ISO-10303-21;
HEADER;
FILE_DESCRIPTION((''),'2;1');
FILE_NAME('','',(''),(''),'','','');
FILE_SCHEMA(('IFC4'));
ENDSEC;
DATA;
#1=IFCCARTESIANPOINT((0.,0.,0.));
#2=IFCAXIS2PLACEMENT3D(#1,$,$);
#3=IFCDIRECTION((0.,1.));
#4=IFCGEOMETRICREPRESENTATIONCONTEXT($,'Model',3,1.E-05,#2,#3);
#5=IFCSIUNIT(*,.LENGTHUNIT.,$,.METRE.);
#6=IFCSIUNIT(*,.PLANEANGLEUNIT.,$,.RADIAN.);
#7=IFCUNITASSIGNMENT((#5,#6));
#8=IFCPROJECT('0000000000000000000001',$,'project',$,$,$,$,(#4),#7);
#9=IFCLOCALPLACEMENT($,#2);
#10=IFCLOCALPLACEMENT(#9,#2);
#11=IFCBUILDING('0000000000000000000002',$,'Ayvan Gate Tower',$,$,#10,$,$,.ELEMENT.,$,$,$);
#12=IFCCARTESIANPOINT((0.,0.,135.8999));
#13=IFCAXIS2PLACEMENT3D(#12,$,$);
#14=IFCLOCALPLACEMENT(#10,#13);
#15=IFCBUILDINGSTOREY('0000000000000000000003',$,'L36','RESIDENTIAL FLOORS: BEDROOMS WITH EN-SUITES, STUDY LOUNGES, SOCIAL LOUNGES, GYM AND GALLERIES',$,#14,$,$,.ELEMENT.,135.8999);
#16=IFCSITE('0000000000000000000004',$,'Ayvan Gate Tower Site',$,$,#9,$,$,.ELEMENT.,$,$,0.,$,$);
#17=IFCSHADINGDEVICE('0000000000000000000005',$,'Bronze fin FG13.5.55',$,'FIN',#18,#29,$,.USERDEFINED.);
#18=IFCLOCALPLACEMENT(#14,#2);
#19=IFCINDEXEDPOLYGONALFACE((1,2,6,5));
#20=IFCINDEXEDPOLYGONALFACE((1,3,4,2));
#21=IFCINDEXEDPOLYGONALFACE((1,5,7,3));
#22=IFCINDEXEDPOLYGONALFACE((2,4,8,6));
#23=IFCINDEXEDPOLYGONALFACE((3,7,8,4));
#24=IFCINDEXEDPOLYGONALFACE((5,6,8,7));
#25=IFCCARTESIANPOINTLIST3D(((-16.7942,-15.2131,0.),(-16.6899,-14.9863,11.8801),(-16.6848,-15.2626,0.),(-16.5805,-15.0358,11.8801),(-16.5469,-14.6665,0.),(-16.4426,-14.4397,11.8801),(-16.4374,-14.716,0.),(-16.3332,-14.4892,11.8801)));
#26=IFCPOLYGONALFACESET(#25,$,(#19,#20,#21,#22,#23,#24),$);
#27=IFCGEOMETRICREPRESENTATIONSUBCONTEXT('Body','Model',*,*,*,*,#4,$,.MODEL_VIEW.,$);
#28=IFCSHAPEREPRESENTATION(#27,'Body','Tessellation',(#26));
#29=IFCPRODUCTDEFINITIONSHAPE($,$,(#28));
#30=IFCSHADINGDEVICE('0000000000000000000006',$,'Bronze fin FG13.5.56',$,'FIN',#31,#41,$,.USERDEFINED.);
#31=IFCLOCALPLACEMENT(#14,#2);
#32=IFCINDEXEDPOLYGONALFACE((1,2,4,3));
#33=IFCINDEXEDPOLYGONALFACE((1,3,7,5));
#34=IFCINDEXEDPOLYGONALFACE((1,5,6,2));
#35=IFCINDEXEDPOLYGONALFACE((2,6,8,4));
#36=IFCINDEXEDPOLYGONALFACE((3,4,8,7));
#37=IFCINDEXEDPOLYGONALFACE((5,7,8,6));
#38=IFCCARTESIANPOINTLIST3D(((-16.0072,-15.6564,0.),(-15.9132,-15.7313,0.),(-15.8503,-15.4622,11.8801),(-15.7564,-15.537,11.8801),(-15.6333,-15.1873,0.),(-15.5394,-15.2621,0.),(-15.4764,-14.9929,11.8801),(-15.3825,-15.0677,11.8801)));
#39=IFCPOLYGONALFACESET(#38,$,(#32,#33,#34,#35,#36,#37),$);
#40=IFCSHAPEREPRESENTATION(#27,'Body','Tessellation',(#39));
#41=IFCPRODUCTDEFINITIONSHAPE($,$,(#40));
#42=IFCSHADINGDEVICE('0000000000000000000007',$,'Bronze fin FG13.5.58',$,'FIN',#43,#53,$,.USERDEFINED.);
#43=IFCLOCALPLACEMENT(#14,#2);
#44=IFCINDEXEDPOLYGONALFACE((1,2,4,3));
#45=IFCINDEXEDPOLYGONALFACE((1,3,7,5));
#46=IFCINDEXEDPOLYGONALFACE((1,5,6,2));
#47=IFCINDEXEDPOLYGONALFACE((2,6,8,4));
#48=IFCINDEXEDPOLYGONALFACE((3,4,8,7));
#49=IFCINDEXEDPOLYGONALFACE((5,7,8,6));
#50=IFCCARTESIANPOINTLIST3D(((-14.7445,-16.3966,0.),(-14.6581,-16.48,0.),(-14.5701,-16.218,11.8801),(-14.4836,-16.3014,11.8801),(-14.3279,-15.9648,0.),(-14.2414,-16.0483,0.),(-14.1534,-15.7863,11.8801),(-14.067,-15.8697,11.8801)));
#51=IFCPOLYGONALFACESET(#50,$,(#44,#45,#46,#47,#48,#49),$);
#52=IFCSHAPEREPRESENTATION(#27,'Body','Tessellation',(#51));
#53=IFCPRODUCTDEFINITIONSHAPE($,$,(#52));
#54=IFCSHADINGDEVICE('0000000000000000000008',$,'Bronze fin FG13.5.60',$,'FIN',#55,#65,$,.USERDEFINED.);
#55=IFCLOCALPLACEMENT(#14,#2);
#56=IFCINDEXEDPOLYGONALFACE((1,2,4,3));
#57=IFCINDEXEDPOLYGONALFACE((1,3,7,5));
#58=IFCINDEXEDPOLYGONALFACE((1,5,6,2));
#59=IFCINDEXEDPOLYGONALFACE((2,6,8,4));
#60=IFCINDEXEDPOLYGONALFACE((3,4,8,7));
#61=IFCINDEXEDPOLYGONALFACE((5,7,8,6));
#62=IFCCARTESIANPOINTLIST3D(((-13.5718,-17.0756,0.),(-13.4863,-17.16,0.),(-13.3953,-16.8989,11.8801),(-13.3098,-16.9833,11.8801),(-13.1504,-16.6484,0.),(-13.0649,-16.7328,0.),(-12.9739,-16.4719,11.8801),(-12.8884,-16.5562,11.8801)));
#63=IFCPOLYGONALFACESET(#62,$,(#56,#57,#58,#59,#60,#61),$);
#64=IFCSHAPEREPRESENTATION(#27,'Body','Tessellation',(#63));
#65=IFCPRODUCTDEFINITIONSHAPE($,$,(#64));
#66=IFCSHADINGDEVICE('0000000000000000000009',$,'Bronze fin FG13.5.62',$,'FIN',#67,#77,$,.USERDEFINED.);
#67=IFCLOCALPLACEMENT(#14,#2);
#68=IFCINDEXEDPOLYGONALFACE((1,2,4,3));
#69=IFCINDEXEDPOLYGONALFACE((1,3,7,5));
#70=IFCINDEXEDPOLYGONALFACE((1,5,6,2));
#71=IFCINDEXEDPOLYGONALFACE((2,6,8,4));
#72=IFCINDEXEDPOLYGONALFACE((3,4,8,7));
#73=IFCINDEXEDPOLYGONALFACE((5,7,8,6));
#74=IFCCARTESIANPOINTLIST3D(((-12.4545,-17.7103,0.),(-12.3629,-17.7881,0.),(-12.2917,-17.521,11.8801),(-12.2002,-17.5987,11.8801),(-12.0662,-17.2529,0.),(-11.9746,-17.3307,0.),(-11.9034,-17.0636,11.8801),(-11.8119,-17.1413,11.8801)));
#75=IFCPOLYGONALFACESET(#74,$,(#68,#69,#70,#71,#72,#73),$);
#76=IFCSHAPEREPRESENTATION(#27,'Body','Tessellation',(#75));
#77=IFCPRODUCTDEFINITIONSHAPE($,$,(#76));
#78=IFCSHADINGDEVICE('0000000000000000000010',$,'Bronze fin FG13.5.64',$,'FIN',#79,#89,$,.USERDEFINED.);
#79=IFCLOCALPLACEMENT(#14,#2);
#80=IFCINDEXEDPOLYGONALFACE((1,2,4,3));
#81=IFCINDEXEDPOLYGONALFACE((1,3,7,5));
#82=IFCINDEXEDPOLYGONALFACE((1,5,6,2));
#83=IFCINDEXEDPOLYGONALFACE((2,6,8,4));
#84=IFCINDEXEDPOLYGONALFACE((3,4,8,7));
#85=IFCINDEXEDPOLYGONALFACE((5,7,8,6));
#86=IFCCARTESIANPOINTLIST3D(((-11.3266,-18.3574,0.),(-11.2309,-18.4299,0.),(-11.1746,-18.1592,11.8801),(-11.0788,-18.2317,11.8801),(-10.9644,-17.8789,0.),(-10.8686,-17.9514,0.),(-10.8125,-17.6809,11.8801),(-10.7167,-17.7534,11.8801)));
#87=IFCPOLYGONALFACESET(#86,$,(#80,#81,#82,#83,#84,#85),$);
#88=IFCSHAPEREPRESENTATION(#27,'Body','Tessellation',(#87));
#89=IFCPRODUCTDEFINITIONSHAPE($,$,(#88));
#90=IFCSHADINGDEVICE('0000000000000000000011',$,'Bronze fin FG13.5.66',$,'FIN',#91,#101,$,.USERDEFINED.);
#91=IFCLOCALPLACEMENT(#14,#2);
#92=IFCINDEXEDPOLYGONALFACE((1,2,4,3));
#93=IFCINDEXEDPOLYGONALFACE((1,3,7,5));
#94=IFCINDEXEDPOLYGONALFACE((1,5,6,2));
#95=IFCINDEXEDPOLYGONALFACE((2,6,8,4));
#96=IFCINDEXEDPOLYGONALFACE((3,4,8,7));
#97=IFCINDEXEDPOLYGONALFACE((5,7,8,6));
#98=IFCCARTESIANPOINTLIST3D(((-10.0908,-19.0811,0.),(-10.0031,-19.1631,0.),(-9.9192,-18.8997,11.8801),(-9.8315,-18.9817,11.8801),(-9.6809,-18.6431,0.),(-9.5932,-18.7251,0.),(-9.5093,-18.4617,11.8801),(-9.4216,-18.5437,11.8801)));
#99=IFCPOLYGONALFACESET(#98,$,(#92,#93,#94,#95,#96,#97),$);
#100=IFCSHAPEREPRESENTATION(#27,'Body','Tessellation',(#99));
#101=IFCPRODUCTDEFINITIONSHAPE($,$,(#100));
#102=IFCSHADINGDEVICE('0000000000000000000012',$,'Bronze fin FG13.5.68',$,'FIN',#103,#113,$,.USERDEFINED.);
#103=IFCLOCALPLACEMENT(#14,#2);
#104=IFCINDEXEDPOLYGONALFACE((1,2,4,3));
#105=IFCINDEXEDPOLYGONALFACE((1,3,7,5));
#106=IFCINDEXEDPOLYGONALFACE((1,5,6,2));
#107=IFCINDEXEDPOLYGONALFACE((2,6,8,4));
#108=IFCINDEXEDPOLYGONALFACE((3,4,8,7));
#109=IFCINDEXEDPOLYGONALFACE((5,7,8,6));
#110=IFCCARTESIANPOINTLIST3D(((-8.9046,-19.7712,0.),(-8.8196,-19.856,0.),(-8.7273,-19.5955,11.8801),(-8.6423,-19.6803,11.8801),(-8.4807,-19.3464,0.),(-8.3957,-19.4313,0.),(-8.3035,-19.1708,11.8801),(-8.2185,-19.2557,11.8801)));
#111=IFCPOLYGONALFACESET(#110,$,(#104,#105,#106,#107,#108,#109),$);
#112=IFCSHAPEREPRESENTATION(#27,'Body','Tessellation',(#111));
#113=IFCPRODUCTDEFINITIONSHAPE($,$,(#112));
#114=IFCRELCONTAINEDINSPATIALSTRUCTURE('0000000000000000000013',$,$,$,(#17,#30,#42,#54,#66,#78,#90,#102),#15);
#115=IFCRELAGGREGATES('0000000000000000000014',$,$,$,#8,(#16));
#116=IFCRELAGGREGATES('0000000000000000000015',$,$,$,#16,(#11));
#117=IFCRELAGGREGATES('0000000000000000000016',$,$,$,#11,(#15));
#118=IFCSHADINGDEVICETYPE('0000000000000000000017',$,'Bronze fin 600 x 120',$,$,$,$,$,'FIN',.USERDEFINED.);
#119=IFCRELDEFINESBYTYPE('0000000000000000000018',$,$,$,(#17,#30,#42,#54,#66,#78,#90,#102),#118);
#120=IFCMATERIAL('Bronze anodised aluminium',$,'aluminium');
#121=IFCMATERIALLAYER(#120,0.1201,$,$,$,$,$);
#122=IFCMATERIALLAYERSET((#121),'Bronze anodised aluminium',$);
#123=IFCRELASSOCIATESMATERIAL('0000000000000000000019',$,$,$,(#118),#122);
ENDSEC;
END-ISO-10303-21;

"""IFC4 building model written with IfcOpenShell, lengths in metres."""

from ifc_helpers import new_model, si_unit, direction, frame, origin, place, context, subcontext, project, spatial, polyline, outline, extrude, material, layer, layer_set, type_object, element, save


model = new_model("IFC4")

# Units and contexts
model_context = context("Model", 3, precision=1e-05, world=origin(), true_north=direction((0.0, 1.0)))
body_context = subcontext(model_context, "Body", "Model", "MODEL_VIEW")
ifc_project = project(units=[si_unit("LENGTHUNIT", "METRE"), si_unit("PLANEANGLEUNIT", "RADIAN")], contexts=[model_context])

# Site, building, storey
site_placement = place(None, origin())
site = spatial("IfcSite", under=ifc_project, at=site_placement, Name="Ayvan Gate Tower Site", CompositionType="ELEMENT", RefElevation=0.0)
building_placement = place(site_placement, origin())
building = spatial("IfcBuilding", under=site, at=building_placement, Name="Ayvan Gate Tower", CompositionType="ELEMENT")
storey_placement = place(building_placement, frame((0.0, 0.0, 135.8999)))
storey = spatial("IfcBuildingStorey", under=building, at=storey_placement, Name="L36", Description="RESIDENTIAL FLOORS: BEDROOMS WITH EN-SUITES, STUDY LOUNGES, SOCIAL LOUNGES, GYM AND GALLERIES", CompositionType="ELEMENT", Elevation=135.8999)

# Shared definitions
ifc_material_1 = material(Name="Bronze anodised aluminium", Category="aluminium")

# Shading devices
ifc_layer_1 = layer(ifc_material_1, 0.1201)
ifc_layer_set_1 = layer_set([ifc_layer_1], Name="Bronze anodised aluminium")
shading_device_type = type_object("IfcShadingDeviceType", Name="Bronze fin 600 x 120", ElementType="FIN", PredefinedType="USERDEFINED", material=ifc_layer_set_1)
shading_device_1_placement = place(storey_placement, frame((-16.5469, -14.6665, 0.0), z_axis=(-0.91109, 0.412208, 0.000125), x_axis=(-0.412208, -0.91109, 0.0)))
element("IfcShadingDevice", 1, at=shading_device_1_placement, inside=storey, type_object=shading_device_type, Name="Bronze fin FG13.5.55", ObjectType="FIN", PredefinedType="USERDEFINED", context=body_context, shape_type="SweptSolid", body=[
    extrude(outline(polyline([(0.0, 0.0), (0.6, 0.0), (0.3504, 11.8801), (-0.2496, 11.8801), (0.0, 0.0)])), origin(), (0.0, 0.0, -1.0), 0.1201),
])
shading_device_2_placement = place(storey_placement, frame((-15.6333, -15.1873, 0.0), z_axis=(-0.782078, 0.62318, 0.000132), x_axis=(-0.62318, -0.782078, 0.0)))
element("IfcShadingDevice", 2, at=shading_device_2_placement, inside=storey, type_object=shading_device_type, Name="Bronze fin FG13.5.56", ObjectType="FIN", PredefinedType="USERDEFINED", context=body_context, shape_type="SweptSolid", body=[
    extrude(outline(polyline([(0.0, 0.0), (0.5999, 0.0), (0.3503, 11.8801), (-0.2498, 11.8801), (0.0, 0.0)])), origin(), (0.0, 0.0, -1.0), 0.1201),
])
shading_device_3_placement = place(storey_placement, frame((-14.3279, -15.9648, 0.0), z_axis=(-0.719608, 0.69438, 0.000128), x_axis=(-0.69438, -0.719608, 0.0)))
element("IfcShadingDevice", 3, at=shading_device_3_placement, inside=storey, type_object=shading_device_type, Name="Bronze fin FG13.5.58", ObjectType="FIN", PredefinedType="USERDEFINED", context=body_context, shape_type="SweptSolid", body=[
    extrude(outline(polyline([(0.0, 0.0), (0.6, 0.0), (0.3504, 11.8801), (-0.2496, 11.8801), (0.0, 0.0)])), origin(), (0.0, 0.0, -1.0), 0.1201),
])
shading_device_4_placement = place(storey_placement, frame((-13.1504, -16.6484, 0.0), z_axis=(-0.711872, 0.70231, 0.000135), x_axis=(-0.70231, -0.711872, 0.0)))
element("IfcShadingDevice", 4, at=shading_device_4_placement, inside=storey, type_object=shading_device_type, Name="Bronze fin FG13.5.60", ObjectType="FIN", PredefinedType="USERDEFINED", context=body_context, shape_type="SweptSolid", body=[
    extrude(outline(polyline([(0.0, 0.0), (0.6001, 0.0), (0.3503, 11.8801), (-0.2496, 11.8801), (0.0, 0.0)])), origin(), (0.0, 0.0, -1.0), 0.1201),
])
shading_device_5_placement = place(storey_placement, frame((-12.0662, -17.2529, 0.0), z_axis=(-0.762336, 0.647182, 0.000128), x_axis=(-0.647182, -0.762336, 0.0)))
element("IfcShadingDevice", 5, at=shading_device_5_placement, inside=storey, type_object=shading_device_type, Name="Bronze fin FG13.5.62", ObjectType="FIN", PredefinedType="USERDEFINED", context=body_context, shape_type="SweptSolid", body=[
    extrude(outline(polyline([(0.0, 0.0), (0.6, 0.0), (0.3504, 11.8801), (-0.2497, 11.8801), (0.0, 0.0)])), origin(), (0.0, 0.0, -1.0), 0.1201),
])
shading_device_6_placement = place(storey_placement, frame((-10.9644, -17.8789, 0.0), z_axis=(-0.797282, 0.603607, 0.000133), x_axis=(-0.603607, -0.797282, 0.0)))
element("IfcShadingDevice", 6, at=shading_device_6_placement, inside=storey, type_object=shading_device_type, Name="Bronze fin FG13.5.64", ObjectType="FIN", PredefinedType="USERDEFINED", context=body_context, shape_type="SweptSolid", body=[
    extrude(outline(polyline([(0.0, 0.0), (0.6002, 0.0), (0.3503, 11.8801), (-0.2495, 11.8801), (0.0, 0.0)])), origin(), (0.0, 0.0, -1.0), 0.1201),
])
shading_device_7_placement = place(storey_placement, frame((-9.6809, -18.6431, 0.0), z_axis=(-0.730121, 0.683318, 0.000114), x_axis=(-0.683318, -0.730121, 0.0)))
element("IfcShadingDevice", 7, at=shading_device_7_placement, inside=storey, type_object=shading_device_type, Name="Bronze fin FG13.5.66", ObjectType="FIN", PredefinedType="USERDEFINED", context=body_context, shape_type="SweptSolid", body=[
    extrude(outline(polyline([(0.0, 0.0), (0.5999, 0.0), (0.3502, 11.8801), (-0.2497, 11.8801), (0.0, 0.0)])), origin(), (0.0, 0.0, -1.0), 0.1201),
])
shading_device_8_placement = place(storey_placement, frame((-8.4807, -19.3464, 0.0), z_axis=(-0.707819, 0.706394, 0.000116), x_axis=(-0.706394, -0.707819, 0.0)))
element("IfcShadingDevice", 8, at=shading_device_8_placement, inside=storey, type_object=shading_device_type, Name="Bronze fin FG13.5.68", ObjectType="FIN", PredefinedType="USERDEFINED", context=body_context, shape_type="SweptSolid", body=[
    extrude(outline(polyline([(0.0, 0.0), (0.6001, 0.0), (0.3504, 11.8801), (-0.2495, 11.8801), (0.0, 0.0)])), origin(), (0.0, 0.0, -1.0), 0.1201),
])

save(model, "model.ifc")
